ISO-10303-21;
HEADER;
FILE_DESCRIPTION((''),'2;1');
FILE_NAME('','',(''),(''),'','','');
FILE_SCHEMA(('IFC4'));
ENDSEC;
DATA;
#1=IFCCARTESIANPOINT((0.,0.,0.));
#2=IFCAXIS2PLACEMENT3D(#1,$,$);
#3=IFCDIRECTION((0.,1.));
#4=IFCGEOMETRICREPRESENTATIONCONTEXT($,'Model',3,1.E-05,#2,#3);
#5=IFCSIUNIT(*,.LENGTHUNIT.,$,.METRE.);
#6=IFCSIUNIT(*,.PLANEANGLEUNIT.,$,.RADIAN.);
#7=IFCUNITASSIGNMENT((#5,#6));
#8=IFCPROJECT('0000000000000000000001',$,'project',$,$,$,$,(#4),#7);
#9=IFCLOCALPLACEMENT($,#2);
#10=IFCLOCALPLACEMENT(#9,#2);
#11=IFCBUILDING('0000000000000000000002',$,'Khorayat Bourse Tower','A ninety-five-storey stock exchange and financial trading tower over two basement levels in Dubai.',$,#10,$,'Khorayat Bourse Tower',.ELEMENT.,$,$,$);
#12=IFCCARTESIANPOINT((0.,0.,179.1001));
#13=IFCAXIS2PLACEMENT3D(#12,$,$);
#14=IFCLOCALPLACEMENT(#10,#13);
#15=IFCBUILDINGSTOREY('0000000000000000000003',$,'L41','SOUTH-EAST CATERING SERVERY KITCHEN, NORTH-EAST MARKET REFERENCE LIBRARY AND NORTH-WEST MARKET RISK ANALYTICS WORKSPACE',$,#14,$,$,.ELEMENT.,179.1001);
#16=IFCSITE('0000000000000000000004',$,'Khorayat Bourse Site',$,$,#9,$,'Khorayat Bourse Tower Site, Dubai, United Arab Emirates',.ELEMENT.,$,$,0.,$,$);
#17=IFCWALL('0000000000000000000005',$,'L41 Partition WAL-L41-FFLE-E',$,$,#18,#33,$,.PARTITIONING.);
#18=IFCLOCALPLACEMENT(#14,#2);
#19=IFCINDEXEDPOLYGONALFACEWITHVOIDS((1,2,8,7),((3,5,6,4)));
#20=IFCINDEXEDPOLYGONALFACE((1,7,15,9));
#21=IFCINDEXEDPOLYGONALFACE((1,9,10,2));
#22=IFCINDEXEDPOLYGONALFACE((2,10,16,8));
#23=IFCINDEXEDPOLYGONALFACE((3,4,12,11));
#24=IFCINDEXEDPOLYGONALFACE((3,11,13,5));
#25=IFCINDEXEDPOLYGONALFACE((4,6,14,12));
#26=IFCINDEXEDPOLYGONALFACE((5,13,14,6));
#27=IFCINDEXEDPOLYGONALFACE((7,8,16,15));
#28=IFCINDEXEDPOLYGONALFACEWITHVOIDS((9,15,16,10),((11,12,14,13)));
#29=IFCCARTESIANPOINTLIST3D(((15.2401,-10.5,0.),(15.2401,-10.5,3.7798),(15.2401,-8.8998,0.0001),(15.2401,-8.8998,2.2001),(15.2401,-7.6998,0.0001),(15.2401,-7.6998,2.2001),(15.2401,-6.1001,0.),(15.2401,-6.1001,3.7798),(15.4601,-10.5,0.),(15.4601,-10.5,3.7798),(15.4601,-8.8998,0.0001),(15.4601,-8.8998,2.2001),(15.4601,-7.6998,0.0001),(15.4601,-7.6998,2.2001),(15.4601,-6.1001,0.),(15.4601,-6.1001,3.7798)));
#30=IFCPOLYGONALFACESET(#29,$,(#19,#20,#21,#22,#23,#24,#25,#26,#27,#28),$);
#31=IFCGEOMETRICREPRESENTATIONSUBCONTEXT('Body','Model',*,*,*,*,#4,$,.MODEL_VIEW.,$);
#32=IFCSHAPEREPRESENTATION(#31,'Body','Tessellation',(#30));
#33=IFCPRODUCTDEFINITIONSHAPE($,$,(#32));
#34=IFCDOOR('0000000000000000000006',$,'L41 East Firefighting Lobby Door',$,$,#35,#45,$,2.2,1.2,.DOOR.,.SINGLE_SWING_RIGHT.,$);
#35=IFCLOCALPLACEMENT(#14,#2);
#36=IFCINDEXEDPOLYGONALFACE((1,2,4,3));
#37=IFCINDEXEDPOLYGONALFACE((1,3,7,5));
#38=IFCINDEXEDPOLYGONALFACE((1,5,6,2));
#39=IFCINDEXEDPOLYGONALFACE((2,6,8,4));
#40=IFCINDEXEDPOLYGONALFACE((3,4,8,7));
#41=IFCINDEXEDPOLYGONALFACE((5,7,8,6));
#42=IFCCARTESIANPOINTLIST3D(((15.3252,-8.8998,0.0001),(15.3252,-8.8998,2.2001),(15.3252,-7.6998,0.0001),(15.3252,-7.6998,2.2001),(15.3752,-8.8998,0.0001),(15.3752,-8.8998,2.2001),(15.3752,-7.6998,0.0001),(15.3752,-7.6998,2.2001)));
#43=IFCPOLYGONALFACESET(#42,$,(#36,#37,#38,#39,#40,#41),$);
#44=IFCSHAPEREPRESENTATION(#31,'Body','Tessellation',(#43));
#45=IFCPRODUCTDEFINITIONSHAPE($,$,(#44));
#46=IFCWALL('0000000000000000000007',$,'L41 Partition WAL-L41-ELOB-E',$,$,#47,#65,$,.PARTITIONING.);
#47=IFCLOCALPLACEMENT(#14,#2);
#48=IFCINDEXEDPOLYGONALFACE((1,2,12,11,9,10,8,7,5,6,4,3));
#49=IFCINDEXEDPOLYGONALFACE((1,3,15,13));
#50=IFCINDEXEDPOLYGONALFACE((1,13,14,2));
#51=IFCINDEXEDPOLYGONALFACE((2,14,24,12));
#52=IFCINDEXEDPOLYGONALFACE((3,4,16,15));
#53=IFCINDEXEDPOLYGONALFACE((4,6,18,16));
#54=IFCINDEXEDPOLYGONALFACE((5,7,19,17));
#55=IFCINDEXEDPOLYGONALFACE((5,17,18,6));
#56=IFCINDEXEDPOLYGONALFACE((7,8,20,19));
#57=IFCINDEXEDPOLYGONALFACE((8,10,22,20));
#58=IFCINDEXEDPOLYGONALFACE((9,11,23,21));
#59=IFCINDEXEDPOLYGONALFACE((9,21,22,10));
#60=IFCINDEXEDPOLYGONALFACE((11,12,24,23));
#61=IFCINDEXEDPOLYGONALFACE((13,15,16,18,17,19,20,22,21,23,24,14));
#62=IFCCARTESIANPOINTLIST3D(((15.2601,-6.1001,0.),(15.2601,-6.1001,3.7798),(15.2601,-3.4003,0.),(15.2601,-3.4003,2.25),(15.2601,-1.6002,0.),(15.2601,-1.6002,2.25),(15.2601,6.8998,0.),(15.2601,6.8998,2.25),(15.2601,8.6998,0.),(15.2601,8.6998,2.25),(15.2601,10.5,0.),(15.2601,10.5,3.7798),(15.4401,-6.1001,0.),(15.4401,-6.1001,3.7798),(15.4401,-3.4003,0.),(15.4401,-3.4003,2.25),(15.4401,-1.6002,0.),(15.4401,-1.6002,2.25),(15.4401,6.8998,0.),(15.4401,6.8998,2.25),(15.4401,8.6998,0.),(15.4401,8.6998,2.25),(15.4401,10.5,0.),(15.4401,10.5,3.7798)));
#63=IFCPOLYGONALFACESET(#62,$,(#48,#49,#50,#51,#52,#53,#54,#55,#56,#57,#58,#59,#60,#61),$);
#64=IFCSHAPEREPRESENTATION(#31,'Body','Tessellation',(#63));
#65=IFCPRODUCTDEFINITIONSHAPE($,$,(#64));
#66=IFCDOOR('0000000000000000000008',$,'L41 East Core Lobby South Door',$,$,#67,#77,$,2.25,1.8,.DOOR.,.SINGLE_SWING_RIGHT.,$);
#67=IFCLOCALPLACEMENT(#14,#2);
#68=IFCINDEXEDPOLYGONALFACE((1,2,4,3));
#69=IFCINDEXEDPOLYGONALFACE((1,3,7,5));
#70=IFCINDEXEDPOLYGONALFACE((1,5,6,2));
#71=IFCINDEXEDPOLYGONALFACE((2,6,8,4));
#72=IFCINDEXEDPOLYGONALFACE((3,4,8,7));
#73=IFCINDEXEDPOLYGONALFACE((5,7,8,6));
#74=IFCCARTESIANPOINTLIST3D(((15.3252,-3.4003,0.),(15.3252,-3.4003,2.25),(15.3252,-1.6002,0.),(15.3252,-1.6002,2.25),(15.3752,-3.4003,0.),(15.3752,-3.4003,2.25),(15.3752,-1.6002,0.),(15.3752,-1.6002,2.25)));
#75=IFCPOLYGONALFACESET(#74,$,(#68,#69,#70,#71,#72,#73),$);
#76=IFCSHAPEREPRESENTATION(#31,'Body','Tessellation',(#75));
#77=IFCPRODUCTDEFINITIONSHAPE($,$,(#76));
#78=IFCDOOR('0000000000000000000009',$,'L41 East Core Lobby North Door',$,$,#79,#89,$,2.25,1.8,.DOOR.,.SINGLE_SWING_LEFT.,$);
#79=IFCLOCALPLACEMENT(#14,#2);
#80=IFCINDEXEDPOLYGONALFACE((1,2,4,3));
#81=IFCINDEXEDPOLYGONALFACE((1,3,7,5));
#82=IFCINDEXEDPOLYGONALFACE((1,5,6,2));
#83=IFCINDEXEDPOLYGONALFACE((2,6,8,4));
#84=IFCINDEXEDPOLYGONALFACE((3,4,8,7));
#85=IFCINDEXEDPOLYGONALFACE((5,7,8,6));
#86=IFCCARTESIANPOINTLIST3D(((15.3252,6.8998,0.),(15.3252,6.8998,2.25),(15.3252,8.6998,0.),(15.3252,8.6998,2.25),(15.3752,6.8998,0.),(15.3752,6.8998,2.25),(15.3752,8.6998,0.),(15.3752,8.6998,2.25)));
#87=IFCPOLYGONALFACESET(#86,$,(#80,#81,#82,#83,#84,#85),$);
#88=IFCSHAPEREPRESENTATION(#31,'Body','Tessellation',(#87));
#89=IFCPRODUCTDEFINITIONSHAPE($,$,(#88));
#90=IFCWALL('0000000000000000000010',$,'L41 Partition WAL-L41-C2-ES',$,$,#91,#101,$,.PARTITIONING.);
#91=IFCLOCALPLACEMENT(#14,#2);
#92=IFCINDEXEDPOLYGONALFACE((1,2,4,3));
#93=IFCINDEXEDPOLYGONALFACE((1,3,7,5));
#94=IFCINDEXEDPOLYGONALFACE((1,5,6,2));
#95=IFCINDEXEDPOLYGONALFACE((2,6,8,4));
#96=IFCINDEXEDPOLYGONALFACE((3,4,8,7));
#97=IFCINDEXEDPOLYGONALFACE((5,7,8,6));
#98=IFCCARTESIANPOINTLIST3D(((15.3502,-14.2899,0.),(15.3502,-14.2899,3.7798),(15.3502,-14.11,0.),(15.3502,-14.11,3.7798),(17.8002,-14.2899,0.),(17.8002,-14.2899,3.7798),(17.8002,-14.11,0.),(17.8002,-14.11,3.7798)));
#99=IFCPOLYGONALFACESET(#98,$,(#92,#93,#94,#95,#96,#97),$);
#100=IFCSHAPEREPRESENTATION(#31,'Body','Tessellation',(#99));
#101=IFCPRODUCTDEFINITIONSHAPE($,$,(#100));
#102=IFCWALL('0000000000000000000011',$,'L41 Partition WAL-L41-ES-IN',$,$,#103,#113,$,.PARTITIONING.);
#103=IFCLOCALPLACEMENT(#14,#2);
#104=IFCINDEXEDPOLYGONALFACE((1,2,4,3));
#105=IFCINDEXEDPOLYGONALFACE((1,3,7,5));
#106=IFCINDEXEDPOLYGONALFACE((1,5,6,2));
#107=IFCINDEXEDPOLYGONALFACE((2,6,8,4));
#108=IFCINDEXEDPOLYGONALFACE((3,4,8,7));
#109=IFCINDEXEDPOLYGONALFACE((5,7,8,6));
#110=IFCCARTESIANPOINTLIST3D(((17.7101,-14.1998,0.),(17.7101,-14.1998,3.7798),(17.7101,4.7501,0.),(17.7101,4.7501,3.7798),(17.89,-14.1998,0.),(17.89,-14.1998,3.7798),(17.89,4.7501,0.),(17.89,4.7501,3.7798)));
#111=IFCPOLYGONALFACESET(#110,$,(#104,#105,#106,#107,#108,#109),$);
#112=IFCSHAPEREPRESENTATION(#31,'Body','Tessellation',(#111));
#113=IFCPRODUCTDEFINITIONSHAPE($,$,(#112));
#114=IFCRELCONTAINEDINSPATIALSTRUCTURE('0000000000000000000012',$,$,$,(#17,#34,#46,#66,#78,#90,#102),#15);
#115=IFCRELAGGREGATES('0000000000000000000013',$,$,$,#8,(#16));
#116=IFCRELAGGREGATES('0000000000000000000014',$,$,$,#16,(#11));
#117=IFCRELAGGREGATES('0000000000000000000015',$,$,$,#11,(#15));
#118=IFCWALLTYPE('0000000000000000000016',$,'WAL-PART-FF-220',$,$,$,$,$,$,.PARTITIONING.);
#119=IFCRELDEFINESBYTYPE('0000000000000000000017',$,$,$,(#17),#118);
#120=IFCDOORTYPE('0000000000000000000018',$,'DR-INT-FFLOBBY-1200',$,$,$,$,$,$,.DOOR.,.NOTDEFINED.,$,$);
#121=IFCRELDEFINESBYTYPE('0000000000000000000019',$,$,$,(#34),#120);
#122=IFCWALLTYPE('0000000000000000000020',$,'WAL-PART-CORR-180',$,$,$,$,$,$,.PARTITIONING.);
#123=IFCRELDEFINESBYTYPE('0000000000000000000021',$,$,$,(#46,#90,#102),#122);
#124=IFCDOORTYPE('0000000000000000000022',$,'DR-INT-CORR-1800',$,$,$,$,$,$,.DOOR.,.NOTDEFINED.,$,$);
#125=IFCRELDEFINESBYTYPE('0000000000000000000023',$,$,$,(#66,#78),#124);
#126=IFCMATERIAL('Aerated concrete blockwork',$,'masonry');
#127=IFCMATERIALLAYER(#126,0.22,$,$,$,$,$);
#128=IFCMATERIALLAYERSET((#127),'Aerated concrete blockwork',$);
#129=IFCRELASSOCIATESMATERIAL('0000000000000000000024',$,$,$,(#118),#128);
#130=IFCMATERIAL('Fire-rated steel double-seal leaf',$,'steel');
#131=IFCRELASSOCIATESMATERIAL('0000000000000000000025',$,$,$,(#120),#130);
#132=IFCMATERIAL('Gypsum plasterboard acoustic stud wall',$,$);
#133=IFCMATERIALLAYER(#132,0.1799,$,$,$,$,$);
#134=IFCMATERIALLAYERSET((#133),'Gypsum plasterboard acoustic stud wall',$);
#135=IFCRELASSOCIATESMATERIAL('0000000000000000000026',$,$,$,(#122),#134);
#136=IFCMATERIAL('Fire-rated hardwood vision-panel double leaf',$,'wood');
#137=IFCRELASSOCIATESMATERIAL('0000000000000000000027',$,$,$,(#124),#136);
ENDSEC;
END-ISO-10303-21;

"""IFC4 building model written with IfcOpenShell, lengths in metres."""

from ifc_helpers import new_model, si_unit, direction, frame, frame_2d, origin, place, context, subcontext, project, spatial, rectangle, extrude, source, transform, mapped, material, layer, layer_set, type_object, element, fill, save


model = new_model("IFC4")

# Units and contexts
model_context = context("Model", 3, precision=1e-05, world=origin(), true_north=direction((0.0, 1.0)))
body_context = subcontext(model_context, "Body", "Model", "MODEL_VIEW")
ifc_project = project(units=[si_unit("LENGTHUNIT", "METRE"), si_unit("PLANEANGLEUNIT", "RADIAN")], contexts=[model_context])

# Site, building, storey
site_placement = place(None, origin())
site = spatial("IfcSite", under=ifc_project, at=site_placement, Name="Khorayat Bourse Site", LongName="Khorayat Bourse Tower Site, Dubai, United Arab Emirates", CompositionType="ELEMENT", RefElevation=0.0)
building_placement = place(site_placement, origin())
building = spatial("IfcBuilding", under=site, at=building_placement, Name="Khorayat Bourse Tower", Description="A ninety-five-storey stock exchange and financial trading tower over two basement levels in Dubai.", LongName="Khorayat Bourse Tower", CompositionType="ELEMENT")
storey_placement = place(building_placement, frame((0.0, 0.0, 179.1001)))
storey = spatial("IfcBuildingStorey", under=building, at=storey_placement, Name="L41", Description="SOUTH-EAST CATERING SERVERY KITCHEN, NORTH-EAST MARKET REFERENCE LIBRARY AND NORTH-WEST MARKET RISK ANALYTICS WORKSPACE", CompositionType="ELEMENT", Elevation=179.1001)

# Shared definitions
ifc_material_1 = material(Name="Aerated concrete blockwork", Category="masonry")
ifc_layer_1 = layer(ifc_material_1, 0.22)
ifc_layer_set_1 = layer_set([ifc_layer_1], Name="Aerated concrete blockwork")
wall_type_1 = type_object("IfcWallType", Name="WAL-PART-FF-220", PredefinedType="PARTITIONING", material=ifc_layer_set_1)

# Wall, opening, door
shared_shape_1 = source(origin(), body_context, "Body", "SweptSolid", [
    extrude(rectangle(XDim=4.3999, YDim=0.22, at=frame_2d((2.2, 0.0))), origin(), (0.0, 0.0, 1.0), 3.7798),
])
wall_1_placement = place(storey_placement, frame((15.3501, -10.5, 0.0), z_axis=(0.0, 0.0, 1.0), x_axis=(0.0, 1.0, 0.0)))
wall_1 = element("IfcWall", 1, at=wall_1_placement, inside=storey, type_object=wall_type_1, Name="L41 Partition WAL-L41-FFLE-E", PredefinedType="PARTITIONING", context=body_context, shape_type="MappedRepresentation", body=[
    mapped(shared_shape_1, transform((0.0, 0.0, 0.0), scale=1.0)),
])
shared_shape_2 = source(origin(), body_context, "Body", "SweptSolid", [
    extrude(rectangle(XDim=1.2, YDim=2.2, at=frame_2d((0.6001, 1.1001))), frame((0.0, 0.1199, 0.0), z_axis=(0.0, -1.0, 0.0), x_axis=(1.0, 0.0, 0.0)), (0.0, 0.0, 1.0), 0.24),
])
opening_1_placement = place(wall_1_placement, frame((1.6001, 0.0, 0.0)))
opening_1 = element("IfcOpeningElement", 2, at=opening_1_placement, cuts=wall_1, PredefinedType="OPENING", context=body_context, shape_type="MappedRepresentation", body=[
    mapped(shared_shape_2, transform((0.0, 0.0, 0.0), scale=1.0)),
])
ifc_material_2 = material(Name="Fire-rated steel double-seal leaf", Category="steel")
door_type_1 = type_object("IfcDoorType", Name="DR-INT-FFLOBBY-1200", OperationType="NOTDEFINED", PredefinedType="DOOR", material=ifc_material_2)
shared_shape_3 = source(origin(), body_context, "Body", "SweptSolid", [
    extrude(rectangle(XDim=1.2, YDim=2.2, at=frame_2d((0.6001, 1.1001))), frame((0.0, 0.0249, 0.0), z_axis=(0.0, -1.0, 0.0), x_axis=(1.0, 0.0, 0.0)), (0.0, 0.0, 1.0), 0.05),
])
door_1_placement = place(opening_1_placement, origin())
door_1 = element("IfcDoor", 3, at=door_1_placement, inside=storey, type_object=door_type_1, Name="L41 East Firefighting Lobby Door", OperationType="SINGLE_SWING_RIGHT", OverallHeight=2.2, OverallWidth=1.2, PredefinedType="DOOR", context=body_context, shape_type="MappedRepresentation", body=[
    mapped(shared_shape_3, transform((0.0, 0.0, 0.0), scale=1.0)),
])
fill(opening_1, door_1)

# Wall, openings, doors
ifc_material_3 = material(Name="Gypsum plasterboard acoustic stud wall")
ifc_layer_2 = layer(ifc_material_3, 0.1799)
ifc_layer_set_2 = layer_set([ifc_layer_2], Name="Gypsum plasterboard acoustic stud wall")
wall_type_2 = type_object("IfcWallType", Name="WAL-PART-CORR-180", PredefinedType="PARTITIONING", material=ifc_layer_set_2)
shared_shape_4 = source(origin(), body_context, "Body", "SweptSolid", [
    extrude(rectangle(XDim=16.6001, YDim=0.1799, at=frame_2d((8.3, 0.0))), origin(), (0.0, 0.0, 1.0), 3.7798),
])
wall_2_placement = place(storey_placement, frame((15.3501, -6.1001, 0.0), z_axis=(0.0, 0.0, 1.0), x_axis=(0.0, 1.0, 0.0)))
wall_2 = element("IfcWall", 4, at=wall_2_placement, inside=storey, type_object=wall_type_2, Name="L41 Partition WAL-L41-ELOB-E", PredefinedType="PARTITIONING", context=body_context, shape_type="MappedRepresentation", body=[
    mapped(shared_shape_4, transform((0.0, 0.0, 0.0), scale=1.0)),
])
shared_shape_5 = source(origin(), body_context, "Body", "SweptSolid", [
    extrude(rectangle(XDim=1.8, YDim=2.25, at=frame_2d((0.8999, 1.125))), frame((0.0, 0.0999, 0.0), z_axis=(0.0, -1.0, 0.0), x_axis=(1.0, 0.0, 0.0)), (0.0, 0.0, 1.0), 0.2),
])
opening_2_placement = place(wall_2_placement, frame((2.7, 0.0, 0.0)))
opening_2 = element("IfcOpeningElement", 5, at=opening_2_placement, cuts=wall_2, PredefinedType="OPENING", context=body_context, shape_type="MappedRepresentation", body=[
    mapped(shared_shape_5, transform((0.0, 0.0, 0.0), scale=1.0)),
])
opening_3_placement = place(wall_2_placement, frame((13.0, 0.0, 0.0)))
opening_3 = element("IfcOpeningElement", 6, at=opening_3_placement, cuts=wall_2, PredefinedType="OPENING", context=body_context, shape_type="MappedRepresentation", body=[
    mapped(shared_shape_5, transform((0.0, 0.0, 0.0), scale=1.0)),
])
ifc_material_4 = material(Name="Fire-rated hardwood vision-panel double leaf", Category="wood")
door_type_2 = type_object("IfcDoorType", Name="DR-INT-CORR-1800", OperationType="NOTDEFINED", PredefinedType="DOOR", material=ifc_material_4)
shared_shape_6 = source(origin(), body_context, "Body", "SweptSolid", [
    extrude(rectangle(XDim=1.8, YDim=2.25, at=frame_2d((0.8999, 1.125))), frame((0.0, 0.0249, 0.0), z_axis=(0.0, -1.0, 0.0), x_axis=(1.0, 0.0, 0.0)), (0.0, 0.0, 1.0), 0.05),
])
door_2_placement = place(opening_2_placement, origin())
door_2 = element("IfcDoor", 7, at=door_2_placement, inside=storey, type_object=door_type_2, Name="L41 East Core Lobby South Door", OperationType="SINGLE_SWING_RIGHT", OverallHeight=2.25, OverallWidth=1.8, PredefinedType="DOOR", context=body_context, shape_type="MappedRepresentation", body=[
    mapped(shared_shape_6, transform((0.0, 0.0, 0.0), scale=1.0)),
])
fill(opening_2, door_2)
door_3_placement = place(opening_3_placement, origin())
door_3 = element("IfcDoor", 8, at=door_3_placement, inside=storey, type_object=door_type_2, Name="L41 East Core Lobby North Door", OperationType="SINGLE_SWING_LEFT", OverallHeight=2.25, OverallWidth=1.8, PredefinedType="DOOR", context=body_context, shape_type="MappedRepresentation", body=[
    mapped(shared_shape_6, transform((0.0, 0.0, 0.0), scale=1.0)),
])
fill(opening_3, door_3)

# Walls
shared_shape_7 = source(origin(), body_context, "Body", "SweptSolid", [
    extrude(rectangle(XDim=2.45, YDim=0.1799, at=frame_2d((1.2251, 0.0))), origin(), (0.0, 0.0, 1.0), 3.7798),
])
wall_3_placement = place(storey_placement, frame((15.3501, -14.2, 0.0), z_axis=(0.0, 0.0, 1.0), x_axis=(1.0, 0.0, 0.0)))
element("IfcWall", 9, at=wall_3_placement, inside=storey, type_object=wall_type_2, Name="L41 Partition WAL-L41-C2-ES", PredefinedType="PARTITIONING", context=body_context, shape_type="MappedRepresentation", body=[
    mapped(shared_shape_7, transform((0.0, 0.0, 0.0), scale=1.0)),
])
shared_shape_8 = source(origin(), body_context, "Body", "SweptSolid", [
    extrude(rectangle(XDim=18.95, YDim=0.1799, at=frame_2d((9.4751, 0.0))), origin(), (0.0, 0.0, 1.0), 3.7798),
])
wall_4_placement = place(storey_placement, frame((17.8, -14.2, 0.0), z_axis=(0.0, 0.0, 1.0), x_axis=(0.0, 1.0, 0.0)))
element("IfcWall", 10, at=wall_4_placement, inside=storey, type_object=wall_type_2, Name="L41 Partition WAL-L41-ES-IN", PredefinedType="PARTITIONING", context=body_context, shape_type="MappedRepresentation", body=[
    mapped(shared_shape_8, transform((0.0, 0.0, 0.0), scale=1.0)),
])

save(model, "model.ifc")
